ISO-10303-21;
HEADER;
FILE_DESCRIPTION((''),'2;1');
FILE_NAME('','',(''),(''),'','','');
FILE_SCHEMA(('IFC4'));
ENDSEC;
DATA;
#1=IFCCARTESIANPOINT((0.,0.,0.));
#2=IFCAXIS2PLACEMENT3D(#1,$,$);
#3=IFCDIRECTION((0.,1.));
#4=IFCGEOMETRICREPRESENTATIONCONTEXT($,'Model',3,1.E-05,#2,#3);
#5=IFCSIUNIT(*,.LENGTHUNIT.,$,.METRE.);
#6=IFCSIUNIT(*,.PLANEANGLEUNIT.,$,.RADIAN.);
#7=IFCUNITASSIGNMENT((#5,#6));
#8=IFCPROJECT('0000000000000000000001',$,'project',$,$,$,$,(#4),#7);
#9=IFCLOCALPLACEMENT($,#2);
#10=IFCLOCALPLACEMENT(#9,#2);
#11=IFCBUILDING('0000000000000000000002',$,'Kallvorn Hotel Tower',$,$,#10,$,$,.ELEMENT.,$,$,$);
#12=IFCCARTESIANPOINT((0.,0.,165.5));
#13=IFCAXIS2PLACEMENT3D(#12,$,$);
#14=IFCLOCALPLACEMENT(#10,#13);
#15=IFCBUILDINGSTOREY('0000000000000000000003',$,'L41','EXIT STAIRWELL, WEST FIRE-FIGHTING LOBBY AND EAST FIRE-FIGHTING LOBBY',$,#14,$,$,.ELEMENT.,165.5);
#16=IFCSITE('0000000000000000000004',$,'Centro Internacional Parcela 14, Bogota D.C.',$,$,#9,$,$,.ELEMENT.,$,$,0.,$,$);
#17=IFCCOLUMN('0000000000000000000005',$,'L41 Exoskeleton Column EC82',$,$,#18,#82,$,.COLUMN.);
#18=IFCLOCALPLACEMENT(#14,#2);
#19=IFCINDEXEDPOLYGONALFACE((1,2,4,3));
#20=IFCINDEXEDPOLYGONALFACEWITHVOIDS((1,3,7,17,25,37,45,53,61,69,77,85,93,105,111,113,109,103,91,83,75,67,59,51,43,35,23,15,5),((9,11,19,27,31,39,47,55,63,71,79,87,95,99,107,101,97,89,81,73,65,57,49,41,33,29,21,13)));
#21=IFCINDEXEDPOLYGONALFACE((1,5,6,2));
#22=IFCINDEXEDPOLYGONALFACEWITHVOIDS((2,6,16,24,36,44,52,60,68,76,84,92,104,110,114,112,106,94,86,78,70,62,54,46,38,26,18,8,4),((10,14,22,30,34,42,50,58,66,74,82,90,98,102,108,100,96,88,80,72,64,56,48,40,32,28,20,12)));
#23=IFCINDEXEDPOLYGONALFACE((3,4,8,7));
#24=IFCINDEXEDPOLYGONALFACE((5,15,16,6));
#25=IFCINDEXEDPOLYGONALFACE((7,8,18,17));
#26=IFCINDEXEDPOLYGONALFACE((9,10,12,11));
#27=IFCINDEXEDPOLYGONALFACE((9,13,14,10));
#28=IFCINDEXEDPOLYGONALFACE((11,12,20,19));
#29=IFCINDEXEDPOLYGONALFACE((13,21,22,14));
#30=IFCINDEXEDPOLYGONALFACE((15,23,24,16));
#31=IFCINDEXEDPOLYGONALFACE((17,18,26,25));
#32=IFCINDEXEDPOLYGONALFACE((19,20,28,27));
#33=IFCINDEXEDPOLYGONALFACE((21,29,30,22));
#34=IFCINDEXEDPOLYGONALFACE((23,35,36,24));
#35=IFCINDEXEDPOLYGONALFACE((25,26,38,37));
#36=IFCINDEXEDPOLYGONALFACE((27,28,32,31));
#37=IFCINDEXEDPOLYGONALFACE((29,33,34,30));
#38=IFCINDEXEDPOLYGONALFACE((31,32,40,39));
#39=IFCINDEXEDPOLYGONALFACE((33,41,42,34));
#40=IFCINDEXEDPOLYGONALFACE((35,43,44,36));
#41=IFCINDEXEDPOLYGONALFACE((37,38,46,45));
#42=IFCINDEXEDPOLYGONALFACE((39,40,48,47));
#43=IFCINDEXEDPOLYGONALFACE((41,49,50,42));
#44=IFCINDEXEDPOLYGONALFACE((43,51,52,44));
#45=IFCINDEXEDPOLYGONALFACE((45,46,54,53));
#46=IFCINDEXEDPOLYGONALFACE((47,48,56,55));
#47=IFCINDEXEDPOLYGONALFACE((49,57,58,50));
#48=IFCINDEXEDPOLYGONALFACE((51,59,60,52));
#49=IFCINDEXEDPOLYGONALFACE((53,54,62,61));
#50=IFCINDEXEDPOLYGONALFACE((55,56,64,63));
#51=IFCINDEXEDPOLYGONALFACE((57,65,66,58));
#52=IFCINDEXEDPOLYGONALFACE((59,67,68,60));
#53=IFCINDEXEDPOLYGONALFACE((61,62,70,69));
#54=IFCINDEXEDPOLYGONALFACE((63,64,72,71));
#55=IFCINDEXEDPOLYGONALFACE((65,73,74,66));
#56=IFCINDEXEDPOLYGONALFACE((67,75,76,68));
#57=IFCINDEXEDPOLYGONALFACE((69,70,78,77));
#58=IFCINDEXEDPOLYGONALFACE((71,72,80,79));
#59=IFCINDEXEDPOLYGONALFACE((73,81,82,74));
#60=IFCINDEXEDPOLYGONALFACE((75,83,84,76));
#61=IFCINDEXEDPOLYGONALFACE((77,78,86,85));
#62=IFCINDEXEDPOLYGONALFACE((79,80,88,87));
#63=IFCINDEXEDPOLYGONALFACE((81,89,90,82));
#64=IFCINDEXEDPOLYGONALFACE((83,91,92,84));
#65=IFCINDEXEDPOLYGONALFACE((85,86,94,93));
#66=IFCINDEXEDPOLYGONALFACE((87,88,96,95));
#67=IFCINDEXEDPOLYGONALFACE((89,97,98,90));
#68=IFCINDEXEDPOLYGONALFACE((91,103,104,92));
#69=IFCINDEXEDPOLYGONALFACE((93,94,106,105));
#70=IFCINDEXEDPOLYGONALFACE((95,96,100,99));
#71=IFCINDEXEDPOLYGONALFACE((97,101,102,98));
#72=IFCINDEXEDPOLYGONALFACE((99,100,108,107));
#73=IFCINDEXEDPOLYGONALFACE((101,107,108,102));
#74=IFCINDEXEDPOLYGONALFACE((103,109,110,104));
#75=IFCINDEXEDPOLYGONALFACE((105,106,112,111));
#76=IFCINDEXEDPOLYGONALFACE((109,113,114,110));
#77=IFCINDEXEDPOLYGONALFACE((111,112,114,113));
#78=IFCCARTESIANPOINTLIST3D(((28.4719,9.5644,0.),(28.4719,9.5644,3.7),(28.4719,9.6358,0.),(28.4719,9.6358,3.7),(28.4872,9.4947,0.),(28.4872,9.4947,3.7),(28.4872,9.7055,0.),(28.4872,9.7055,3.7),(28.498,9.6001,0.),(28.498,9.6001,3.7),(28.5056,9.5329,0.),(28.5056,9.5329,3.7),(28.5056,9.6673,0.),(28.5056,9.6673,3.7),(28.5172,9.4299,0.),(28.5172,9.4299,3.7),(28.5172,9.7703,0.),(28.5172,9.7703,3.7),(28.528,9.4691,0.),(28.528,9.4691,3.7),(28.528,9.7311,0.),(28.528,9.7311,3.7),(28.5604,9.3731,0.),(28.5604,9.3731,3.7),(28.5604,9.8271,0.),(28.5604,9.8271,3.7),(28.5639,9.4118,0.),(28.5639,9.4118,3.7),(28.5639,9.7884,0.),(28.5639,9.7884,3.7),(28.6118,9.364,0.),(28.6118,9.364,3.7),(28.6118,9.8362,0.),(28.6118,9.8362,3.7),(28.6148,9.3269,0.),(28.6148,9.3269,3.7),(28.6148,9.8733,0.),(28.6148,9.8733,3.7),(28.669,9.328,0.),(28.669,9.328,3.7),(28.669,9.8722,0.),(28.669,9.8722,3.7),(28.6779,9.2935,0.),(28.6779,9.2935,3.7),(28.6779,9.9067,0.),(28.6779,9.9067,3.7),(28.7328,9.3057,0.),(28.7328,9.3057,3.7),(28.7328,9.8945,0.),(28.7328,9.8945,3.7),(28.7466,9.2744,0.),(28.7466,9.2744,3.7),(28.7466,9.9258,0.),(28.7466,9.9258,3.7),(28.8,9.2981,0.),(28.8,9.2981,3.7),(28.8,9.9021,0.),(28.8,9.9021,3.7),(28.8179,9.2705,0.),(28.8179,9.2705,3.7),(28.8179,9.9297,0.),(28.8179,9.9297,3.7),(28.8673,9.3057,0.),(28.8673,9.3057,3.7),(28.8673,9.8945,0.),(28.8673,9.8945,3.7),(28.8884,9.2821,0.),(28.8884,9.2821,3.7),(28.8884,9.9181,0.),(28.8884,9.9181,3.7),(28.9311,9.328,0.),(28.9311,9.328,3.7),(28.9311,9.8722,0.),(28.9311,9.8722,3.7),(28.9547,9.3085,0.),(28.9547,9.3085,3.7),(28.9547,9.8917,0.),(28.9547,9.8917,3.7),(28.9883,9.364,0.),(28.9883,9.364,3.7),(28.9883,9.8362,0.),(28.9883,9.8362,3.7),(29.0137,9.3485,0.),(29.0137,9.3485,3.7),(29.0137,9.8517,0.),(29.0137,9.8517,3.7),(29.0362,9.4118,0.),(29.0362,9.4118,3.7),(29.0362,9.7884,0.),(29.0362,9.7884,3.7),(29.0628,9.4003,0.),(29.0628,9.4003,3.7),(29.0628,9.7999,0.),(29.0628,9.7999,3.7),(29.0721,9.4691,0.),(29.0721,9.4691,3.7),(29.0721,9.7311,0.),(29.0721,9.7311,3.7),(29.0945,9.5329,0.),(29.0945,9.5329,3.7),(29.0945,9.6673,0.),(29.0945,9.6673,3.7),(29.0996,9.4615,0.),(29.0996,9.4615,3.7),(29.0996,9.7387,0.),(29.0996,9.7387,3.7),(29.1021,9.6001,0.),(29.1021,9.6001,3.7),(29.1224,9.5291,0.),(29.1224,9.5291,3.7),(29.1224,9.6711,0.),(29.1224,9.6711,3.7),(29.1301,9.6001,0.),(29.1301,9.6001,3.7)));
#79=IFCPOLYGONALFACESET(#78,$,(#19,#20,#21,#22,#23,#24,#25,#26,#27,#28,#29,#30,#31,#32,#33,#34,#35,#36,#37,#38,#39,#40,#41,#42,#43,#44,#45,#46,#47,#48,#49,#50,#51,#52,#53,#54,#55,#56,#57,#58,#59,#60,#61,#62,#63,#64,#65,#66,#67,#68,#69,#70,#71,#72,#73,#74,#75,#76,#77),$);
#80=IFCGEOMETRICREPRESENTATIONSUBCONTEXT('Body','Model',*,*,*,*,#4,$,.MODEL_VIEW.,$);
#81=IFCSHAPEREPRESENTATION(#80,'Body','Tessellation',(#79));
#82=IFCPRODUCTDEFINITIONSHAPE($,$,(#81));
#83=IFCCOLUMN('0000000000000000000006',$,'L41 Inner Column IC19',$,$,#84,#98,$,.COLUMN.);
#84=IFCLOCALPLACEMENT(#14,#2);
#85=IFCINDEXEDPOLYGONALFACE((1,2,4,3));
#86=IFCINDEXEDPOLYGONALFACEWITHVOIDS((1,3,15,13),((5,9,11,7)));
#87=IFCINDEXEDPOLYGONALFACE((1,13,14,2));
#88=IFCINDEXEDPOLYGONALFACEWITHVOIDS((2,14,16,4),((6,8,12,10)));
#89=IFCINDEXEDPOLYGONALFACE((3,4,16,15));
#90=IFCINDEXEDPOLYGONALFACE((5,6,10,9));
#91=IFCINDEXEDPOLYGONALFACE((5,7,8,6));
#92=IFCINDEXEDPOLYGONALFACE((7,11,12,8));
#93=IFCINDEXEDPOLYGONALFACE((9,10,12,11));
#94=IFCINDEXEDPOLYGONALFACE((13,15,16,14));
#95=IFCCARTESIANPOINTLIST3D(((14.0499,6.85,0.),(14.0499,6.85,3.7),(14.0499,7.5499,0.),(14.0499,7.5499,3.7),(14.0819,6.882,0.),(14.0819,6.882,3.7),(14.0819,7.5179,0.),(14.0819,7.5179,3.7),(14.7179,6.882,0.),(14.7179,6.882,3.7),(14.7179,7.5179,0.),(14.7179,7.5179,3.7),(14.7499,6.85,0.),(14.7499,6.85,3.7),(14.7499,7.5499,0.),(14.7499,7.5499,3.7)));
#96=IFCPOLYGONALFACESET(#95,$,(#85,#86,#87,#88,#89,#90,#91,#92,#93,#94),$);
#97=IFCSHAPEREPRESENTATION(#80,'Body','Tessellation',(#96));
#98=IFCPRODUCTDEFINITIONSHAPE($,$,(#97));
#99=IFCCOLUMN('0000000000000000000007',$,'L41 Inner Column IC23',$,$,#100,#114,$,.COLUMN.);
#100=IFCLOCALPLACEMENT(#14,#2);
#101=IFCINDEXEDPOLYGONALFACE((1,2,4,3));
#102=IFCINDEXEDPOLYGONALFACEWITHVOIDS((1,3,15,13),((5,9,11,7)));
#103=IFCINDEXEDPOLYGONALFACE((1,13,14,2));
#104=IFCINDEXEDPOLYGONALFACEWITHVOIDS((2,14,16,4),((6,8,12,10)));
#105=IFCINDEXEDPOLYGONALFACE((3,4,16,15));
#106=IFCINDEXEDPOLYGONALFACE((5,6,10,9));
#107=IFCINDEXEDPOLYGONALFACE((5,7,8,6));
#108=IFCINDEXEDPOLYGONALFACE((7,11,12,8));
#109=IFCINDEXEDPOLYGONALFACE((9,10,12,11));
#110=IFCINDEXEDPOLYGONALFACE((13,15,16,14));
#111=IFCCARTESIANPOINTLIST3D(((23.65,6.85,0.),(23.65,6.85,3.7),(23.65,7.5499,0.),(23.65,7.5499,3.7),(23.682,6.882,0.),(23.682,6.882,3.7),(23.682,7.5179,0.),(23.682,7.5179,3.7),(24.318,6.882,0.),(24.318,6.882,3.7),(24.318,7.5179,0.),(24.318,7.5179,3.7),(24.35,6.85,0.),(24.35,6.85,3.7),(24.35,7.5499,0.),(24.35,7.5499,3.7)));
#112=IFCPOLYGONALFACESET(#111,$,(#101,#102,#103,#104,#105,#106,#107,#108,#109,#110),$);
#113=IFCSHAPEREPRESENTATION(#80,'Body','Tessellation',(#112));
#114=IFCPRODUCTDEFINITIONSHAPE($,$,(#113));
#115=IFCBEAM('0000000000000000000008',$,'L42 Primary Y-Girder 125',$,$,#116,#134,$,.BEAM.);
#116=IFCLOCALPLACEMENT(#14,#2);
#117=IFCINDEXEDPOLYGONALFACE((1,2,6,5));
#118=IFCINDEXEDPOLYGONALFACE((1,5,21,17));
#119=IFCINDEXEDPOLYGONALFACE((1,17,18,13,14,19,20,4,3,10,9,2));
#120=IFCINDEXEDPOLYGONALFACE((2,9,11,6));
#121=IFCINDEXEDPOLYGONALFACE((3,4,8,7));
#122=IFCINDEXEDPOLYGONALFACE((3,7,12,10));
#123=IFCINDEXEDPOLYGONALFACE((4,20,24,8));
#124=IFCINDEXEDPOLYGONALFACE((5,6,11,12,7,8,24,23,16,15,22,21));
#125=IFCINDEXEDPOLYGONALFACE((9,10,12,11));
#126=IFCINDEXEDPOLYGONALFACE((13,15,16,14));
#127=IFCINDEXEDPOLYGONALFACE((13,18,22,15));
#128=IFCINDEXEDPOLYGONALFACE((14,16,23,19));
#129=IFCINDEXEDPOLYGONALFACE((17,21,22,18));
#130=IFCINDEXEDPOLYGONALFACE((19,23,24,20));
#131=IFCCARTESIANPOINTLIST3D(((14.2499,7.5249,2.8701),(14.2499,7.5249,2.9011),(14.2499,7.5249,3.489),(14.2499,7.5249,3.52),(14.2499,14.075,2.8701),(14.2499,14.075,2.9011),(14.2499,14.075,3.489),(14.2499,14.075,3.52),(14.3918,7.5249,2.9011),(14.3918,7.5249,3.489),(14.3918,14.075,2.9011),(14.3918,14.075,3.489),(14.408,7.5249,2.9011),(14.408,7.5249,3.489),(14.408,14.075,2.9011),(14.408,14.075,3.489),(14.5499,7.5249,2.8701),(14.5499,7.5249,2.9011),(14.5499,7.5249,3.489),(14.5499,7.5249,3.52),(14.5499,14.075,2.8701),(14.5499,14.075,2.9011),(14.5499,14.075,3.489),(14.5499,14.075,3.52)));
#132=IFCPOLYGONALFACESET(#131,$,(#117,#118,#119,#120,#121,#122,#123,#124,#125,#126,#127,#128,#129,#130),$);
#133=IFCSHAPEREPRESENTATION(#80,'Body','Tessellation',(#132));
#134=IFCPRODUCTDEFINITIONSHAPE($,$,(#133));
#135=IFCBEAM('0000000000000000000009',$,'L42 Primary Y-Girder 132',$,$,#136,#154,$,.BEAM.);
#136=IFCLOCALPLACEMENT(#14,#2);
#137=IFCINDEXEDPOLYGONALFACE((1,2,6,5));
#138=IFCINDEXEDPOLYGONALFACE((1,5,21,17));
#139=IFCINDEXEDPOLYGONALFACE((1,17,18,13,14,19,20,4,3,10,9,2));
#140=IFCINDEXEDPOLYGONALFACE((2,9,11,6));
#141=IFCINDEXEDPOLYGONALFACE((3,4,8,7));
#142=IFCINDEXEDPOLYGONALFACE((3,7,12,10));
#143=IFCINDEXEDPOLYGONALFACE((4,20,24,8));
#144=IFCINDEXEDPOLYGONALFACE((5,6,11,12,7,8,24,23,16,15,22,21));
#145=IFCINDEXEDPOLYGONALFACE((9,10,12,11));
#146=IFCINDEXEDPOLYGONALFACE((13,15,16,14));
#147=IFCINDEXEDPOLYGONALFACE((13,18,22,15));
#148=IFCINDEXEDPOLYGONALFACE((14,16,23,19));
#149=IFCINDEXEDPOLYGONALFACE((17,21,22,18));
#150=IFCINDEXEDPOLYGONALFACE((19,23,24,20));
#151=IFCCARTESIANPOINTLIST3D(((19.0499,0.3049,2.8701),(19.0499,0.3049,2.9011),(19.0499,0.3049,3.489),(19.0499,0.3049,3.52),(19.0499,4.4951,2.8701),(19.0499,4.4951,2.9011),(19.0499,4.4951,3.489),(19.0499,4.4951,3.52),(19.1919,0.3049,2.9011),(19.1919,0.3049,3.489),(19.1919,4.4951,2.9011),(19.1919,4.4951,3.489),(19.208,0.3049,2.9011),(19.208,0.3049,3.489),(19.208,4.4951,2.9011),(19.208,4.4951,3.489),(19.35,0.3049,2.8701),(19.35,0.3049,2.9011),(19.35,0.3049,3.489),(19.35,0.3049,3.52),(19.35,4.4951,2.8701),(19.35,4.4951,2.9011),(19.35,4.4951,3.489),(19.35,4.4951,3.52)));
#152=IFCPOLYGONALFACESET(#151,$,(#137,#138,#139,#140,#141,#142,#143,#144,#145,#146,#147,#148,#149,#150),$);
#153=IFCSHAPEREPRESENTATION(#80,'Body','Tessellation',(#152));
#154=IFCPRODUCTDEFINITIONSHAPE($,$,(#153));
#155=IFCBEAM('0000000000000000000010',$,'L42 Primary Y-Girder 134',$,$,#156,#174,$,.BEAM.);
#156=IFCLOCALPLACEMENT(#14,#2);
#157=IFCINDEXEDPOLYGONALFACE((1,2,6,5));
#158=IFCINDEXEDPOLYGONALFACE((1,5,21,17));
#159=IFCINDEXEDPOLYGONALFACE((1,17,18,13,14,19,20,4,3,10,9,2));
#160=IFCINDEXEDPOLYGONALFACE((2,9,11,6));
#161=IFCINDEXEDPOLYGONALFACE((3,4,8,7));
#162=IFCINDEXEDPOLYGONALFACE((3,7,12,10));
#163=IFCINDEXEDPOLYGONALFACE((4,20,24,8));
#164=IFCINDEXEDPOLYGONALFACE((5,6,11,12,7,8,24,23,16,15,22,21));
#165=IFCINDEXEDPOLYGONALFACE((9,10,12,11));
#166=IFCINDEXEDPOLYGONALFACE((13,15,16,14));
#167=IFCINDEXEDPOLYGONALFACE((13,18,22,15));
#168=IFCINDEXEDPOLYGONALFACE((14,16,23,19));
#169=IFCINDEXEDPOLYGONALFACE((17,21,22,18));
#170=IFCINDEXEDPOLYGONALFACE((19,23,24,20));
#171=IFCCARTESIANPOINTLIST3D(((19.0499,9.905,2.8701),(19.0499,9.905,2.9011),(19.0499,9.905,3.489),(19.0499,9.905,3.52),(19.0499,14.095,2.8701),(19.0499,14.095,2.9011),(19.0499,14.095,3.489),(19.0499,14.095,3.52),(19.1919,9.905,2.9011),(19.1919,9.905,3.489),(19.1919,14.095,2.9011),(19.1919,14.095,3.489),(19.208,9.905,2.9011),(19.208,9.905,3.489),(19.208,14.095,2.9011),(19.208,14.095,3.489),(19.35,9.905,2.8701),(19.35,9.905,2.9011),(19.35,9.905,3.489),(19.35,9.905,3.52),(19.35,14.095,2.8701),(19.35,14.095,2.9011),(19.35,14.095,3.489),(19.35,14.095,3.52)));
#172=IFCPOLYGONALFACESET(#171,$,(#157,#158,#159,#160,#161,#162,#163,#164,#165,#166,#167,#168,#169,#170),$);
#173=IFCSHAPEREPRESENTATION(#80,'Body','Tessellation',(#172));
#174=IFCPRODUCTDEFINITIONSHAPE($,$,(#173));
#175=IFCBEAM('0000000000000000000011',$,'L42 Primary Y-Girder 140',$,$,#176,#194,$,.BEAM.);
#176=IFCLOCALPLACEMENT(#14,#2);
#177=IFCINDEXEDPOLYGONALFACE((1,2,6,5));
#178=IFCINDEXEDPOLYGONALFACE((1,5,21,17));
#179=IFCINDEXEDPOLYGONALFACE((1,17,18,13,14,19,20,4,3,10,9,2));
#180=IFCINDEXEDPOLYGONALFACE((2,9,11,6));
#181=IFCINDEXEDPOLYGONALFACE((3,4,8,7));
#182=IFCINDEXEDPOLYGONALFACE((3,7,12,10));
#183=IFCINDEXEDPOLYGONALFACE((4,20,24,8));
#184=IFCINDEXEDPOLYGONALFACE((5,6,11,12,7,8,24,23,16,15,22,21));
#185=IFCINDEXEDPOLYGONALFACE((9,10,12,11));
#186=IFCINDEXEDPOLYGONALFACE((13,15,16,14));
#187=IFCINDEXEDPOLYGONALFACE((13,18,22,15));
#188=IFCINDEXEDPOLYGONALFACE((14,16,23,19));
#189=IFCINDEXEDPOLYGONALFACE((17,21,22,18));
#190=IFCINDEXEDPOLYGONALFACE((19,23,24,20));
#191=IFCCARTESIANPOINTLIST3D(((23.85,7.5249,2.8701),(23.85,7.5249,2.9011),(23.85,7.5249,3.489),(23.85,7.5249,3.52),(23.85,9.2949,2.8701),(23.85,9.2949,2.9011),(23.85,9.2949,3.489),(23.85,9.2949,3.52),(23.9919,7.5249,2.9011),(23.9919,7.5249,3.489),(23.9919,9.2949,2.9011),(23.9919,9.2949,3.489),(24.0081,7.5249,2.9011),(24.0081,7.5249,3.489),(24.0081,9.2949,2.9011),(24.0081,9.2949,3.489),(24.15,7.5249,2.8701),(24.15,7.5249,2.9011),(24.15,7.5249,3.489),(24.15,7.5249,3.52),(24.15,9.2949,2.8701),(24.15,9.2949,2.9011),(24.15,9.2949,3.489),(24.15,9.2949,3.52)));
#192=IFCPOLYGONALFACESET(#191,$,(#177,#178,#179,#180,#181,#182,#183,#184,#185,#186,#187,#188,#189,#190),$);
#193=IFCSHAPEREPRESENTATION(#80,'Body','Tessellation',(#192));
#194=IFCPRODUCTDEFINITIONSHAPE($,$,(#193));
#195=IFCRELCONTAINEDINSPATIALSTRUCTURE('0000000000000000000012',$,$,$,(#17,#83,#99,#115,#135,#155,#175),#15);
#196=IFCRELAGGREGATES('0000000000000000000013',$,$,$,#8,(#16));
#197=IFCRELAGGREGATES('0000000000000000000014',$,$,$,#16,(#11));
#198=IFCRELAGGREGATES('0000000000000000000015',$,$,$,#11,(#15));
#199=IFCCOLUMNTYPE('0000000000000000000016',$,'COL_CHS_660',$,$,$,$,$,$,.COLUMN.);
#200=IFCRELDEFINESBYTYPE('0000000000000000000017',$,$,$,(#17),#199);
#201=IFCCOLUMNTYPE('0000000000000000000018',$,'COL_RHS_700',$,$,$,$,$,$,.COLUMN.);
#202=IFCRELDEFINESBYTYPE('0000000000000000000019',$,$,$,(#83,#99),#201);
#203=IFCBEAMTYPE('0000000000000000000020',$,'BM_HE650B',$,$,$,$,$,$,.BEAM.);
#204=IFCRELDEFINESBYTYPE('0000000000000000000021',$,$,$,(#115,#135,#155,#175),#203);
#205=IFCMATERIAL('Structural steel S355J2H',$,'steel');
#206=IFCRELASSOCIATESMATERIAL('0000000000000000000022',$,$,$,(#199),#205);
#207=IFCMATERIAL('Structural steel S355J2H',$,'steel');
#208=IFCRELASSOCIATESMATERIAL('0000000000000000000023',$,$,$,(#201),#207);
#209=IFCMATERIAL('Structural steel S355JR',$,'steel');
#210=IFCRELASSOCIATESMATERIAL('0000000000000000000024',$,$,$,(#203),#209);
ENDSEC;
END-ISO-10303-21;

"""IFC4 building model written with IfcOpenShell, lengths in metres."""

from ifc_helpers import new_model, si_unit, direction, frame, origin, origin_2d, place, context, subcontext, project, spatial, hollow_rectangle, hollow_circle, i_section, extrude, material, material_profile, profile_set, type_object, element, save


model = new_model("IFC4")

# Units and contexts
model_context = context("Model", 3, precision=1e-05, world=origin(), true_north=direction((0.0, 1.0)))
body_context = subcontext(model_context, "Body", "Model", "MODEL_VIEW")
ifc_project = project(units=[si_unit("LENGTHUNIT", "METRE"), si_unit("PLANEANGLEUNIT", "RADIAN")], contexts=[model_context])

# Site, building, storey
site_placement = place(None, origin())
site = spatial("IfcSite", under=ifc_project, at=site_placement, Name="Centro Internacional Parcela 14, Bogota D.C.", CompositionType="ELEMENT", RefElevation=0.0)
building_placement = place(site_placement, origin())
building = spatial("IfcBuilding", under=site, at=building_placement, Name="Kallvorn Hotel Tower", CompositionType="ELEMENT")
storey_placement = place(building_placement, frame((0.0, 0.0, 165.5)))
storey = spatial("IfcBuildingStorey", under=building, at=storey_placement, Name="L41", Description="EXIT STAIRWELL, WEST FIRE-FIGHTING LOBBY AND EAST FIRE-FIGHTING LOBBY", CompositionType="ELEMENT", Elevation=165.5)

# Columns
ifc_material_1 = material(Name="Structural steel S355J2H", Category="steel")
ifc_material_profile_1 = material_profile(ifc_material_1, hollow_circle(Radius=0.3301, WallThickness=0.0281, at=origin_2d()), Name="CHS 660x28")
ifc_profile_set_1 = profile_set([ifc_material_profile_1], Name="Structural steel S355J2H")
column_type_1 = type_object("IfcColumnType", Name="COL_CHS_660", PredefinedType="COLUMN", material=ifc_profile_set_1)
for number, where, z_axis, x_axis, name in (
    (1, (28.8, 9.6001, 0.0), (0.0, 0.0, 1.0), (1.0, 0.0, 0.0), "L41 Exoskeleton Column EC82"),
):
    element("IfcColumn", number, at=place(storey_placement, frame(where, z_axis=z_axis, x_axis=x_axis)), inside=storey, type_object=column_type_1, Name=name, PredefinedType="COLUMN", context=body_context, shape_type="SweptSolid", body=[
        extrude(hollow_circle(Radius=0.3301, WallThickness=0.0281, at=origin_2d()), origin(), (0.0, 0.0, 1.0), 3.7),
    ])
ifc_material_2 = material(Name="Structural steel S355J2H", Category="steel")
ifc_material_profile_2 = material_profile(ifc_material_2, hollow_rectangle(XDim=0.7, YDim=0.7, WallThickness=0.032, at=origin_2d()), Name="RHS 700x700x32")
ifc_profile_set_2 = profile_set([ifc_material_profile_2], Name="Structural steel S355J2H")
column_type_2 = type_object("IfcColumnType", Name="COL_RHS_700", PredefinedType="COLUMN", material=ifc_profile_set_2)
for number, where, z_axis, x_axis, name in (
    (2, (14.3999, 7.2, 0.0), (0.0, 0.0, 1.0), (1.0, 0.0, 0.0), "L41 Inner Column IC19"),
    (3, (24.0, 7.2, 0.0), (0.0, 0.0, 1.0), (1.0, 0.0, 0.0), "L41 Inner Column IC23"),
):
    element("IfcColumn", number, at=place(storey_placement, frame(where, z_axis=z_axis, x_axis=x_axis)), inside=storey, type_object=column_type_2, Name=name, PredefinedType="COLUMN", context=body_context, shape_type="SweptSolid", body=[
        extrude(hollow_rectangle(XDim=0.7, YDim=0.7, WallThickness=0.032, at=origin_2d()), origin(), (0.0, 0.0, 1.0), 3.7),
    ])

# Beams
ifc_material_3 = material(Name="Structural steel S355JR", Category="steel")
ifc_material_profile_3 = material_profile(ifc_material_3, i_section(OverallWidth=0.3, OverallDepth=0.6499, WebThickness=0.0161, FlangeThickness=0.031, at=origin_2d()), Name="HE 650 B")
ifc_profile_set_3 = profile_set([ifc_material_profile_3], Name="Structural steel S355JR")
beam_type_1 = type_object("IfcBeamType", Name="BM_HE650B", PredefinedType="BEAM", material=ifc_profile_set_3)
beam_1_placement = place(storey_placement, frame((14.3999, 7.5249, 3.1951), z_axis=(0.0, 1.0, 0.0), x_axis=(-1.0, 0.0, 0.0)))
element("IfcBeam", 4, at=beam_1_placement, inside=storey, type_object=beam_type_1, Name="L42 Primary Y-Girder 125", PredefinedType="BEAM", context=body_context, shape_type="SweptSolid", body=[
    extrude(i_section(OverallWidth=0.3, OverallDepth=0.6499, WebThickness=0.0161, FlangeThickness=0.031, at=origin_2d()), origin(), (0.0, 0.0, 1.0), 6.55),
])
beam_2_placement = place(storey_placement, frame((19.2, 0.3049, 3.1951), z_axis=(0.0, 1.0, 0.0), x_axis=(-1.0, 0.0, 0.0)))
element("IfcBeam", 5, at=beam_2_placement, inside=storey, type_object=beam_type_1, Name="L42 Primary Y-Girder 132", PredefinedType="BEAM", context=body_context, shape_type="SweptSolid", body=[
    extrude(i_section(OverallWidth=0.3, OverallDepth=0.6499, WebThickness=0.0161, FlangeThickness=0.031, at=origin_2d()), origin(), (0.0, 0.0, 1.0), 4.1902),
])
beam_3_placement = place(storey_placement, frame((19.2, 9.905, 3.1951), z_axis=(0.0, 1.0, 0.0), x_axis=(-1.0, 0.0, 0.0)))
element("IfcBeam", 6, at=beam_3_placement, inside=storey, type_object=beam_type_1, Name="L42 Primary Y-Girder 134", PredefinedType="BEAM", context=body_context, shape_type="SweptSolid", body=[
    extrude(i_section(OverallWidth=0.3, OverallDepth=0.6499, WebThickness=0.0161, FlangeThickness=0.031, at=origin_2d()), origin(), (0.0, 0.0, 1.0), 4.1899),
])
beam_4_placement = place(storey_placement, frame((24.0, 7.5249, 3.1951), z_axis=(0.0, 1.0, 0.0), x_axis=(-1.0, 0.0, 0.0)))
element("IfcBeam", 7, at=beam_4_placement, inside=storey, type_object=beam_type_1, Name="L42 Primary Y-Girder 140", PredefinedType="BEAM", context=body_context, shape_type="SweptSolid", body=[
    extrude(i_section(OverallWidth=0.3, OverallDepth=0.6499, WebThickness=0.0161, FlangeThickness=0.031, at=origin_2d()), origin(), (0.0, 0.0, 1.0), 1.77),
])

save(model, "model.ifc")
